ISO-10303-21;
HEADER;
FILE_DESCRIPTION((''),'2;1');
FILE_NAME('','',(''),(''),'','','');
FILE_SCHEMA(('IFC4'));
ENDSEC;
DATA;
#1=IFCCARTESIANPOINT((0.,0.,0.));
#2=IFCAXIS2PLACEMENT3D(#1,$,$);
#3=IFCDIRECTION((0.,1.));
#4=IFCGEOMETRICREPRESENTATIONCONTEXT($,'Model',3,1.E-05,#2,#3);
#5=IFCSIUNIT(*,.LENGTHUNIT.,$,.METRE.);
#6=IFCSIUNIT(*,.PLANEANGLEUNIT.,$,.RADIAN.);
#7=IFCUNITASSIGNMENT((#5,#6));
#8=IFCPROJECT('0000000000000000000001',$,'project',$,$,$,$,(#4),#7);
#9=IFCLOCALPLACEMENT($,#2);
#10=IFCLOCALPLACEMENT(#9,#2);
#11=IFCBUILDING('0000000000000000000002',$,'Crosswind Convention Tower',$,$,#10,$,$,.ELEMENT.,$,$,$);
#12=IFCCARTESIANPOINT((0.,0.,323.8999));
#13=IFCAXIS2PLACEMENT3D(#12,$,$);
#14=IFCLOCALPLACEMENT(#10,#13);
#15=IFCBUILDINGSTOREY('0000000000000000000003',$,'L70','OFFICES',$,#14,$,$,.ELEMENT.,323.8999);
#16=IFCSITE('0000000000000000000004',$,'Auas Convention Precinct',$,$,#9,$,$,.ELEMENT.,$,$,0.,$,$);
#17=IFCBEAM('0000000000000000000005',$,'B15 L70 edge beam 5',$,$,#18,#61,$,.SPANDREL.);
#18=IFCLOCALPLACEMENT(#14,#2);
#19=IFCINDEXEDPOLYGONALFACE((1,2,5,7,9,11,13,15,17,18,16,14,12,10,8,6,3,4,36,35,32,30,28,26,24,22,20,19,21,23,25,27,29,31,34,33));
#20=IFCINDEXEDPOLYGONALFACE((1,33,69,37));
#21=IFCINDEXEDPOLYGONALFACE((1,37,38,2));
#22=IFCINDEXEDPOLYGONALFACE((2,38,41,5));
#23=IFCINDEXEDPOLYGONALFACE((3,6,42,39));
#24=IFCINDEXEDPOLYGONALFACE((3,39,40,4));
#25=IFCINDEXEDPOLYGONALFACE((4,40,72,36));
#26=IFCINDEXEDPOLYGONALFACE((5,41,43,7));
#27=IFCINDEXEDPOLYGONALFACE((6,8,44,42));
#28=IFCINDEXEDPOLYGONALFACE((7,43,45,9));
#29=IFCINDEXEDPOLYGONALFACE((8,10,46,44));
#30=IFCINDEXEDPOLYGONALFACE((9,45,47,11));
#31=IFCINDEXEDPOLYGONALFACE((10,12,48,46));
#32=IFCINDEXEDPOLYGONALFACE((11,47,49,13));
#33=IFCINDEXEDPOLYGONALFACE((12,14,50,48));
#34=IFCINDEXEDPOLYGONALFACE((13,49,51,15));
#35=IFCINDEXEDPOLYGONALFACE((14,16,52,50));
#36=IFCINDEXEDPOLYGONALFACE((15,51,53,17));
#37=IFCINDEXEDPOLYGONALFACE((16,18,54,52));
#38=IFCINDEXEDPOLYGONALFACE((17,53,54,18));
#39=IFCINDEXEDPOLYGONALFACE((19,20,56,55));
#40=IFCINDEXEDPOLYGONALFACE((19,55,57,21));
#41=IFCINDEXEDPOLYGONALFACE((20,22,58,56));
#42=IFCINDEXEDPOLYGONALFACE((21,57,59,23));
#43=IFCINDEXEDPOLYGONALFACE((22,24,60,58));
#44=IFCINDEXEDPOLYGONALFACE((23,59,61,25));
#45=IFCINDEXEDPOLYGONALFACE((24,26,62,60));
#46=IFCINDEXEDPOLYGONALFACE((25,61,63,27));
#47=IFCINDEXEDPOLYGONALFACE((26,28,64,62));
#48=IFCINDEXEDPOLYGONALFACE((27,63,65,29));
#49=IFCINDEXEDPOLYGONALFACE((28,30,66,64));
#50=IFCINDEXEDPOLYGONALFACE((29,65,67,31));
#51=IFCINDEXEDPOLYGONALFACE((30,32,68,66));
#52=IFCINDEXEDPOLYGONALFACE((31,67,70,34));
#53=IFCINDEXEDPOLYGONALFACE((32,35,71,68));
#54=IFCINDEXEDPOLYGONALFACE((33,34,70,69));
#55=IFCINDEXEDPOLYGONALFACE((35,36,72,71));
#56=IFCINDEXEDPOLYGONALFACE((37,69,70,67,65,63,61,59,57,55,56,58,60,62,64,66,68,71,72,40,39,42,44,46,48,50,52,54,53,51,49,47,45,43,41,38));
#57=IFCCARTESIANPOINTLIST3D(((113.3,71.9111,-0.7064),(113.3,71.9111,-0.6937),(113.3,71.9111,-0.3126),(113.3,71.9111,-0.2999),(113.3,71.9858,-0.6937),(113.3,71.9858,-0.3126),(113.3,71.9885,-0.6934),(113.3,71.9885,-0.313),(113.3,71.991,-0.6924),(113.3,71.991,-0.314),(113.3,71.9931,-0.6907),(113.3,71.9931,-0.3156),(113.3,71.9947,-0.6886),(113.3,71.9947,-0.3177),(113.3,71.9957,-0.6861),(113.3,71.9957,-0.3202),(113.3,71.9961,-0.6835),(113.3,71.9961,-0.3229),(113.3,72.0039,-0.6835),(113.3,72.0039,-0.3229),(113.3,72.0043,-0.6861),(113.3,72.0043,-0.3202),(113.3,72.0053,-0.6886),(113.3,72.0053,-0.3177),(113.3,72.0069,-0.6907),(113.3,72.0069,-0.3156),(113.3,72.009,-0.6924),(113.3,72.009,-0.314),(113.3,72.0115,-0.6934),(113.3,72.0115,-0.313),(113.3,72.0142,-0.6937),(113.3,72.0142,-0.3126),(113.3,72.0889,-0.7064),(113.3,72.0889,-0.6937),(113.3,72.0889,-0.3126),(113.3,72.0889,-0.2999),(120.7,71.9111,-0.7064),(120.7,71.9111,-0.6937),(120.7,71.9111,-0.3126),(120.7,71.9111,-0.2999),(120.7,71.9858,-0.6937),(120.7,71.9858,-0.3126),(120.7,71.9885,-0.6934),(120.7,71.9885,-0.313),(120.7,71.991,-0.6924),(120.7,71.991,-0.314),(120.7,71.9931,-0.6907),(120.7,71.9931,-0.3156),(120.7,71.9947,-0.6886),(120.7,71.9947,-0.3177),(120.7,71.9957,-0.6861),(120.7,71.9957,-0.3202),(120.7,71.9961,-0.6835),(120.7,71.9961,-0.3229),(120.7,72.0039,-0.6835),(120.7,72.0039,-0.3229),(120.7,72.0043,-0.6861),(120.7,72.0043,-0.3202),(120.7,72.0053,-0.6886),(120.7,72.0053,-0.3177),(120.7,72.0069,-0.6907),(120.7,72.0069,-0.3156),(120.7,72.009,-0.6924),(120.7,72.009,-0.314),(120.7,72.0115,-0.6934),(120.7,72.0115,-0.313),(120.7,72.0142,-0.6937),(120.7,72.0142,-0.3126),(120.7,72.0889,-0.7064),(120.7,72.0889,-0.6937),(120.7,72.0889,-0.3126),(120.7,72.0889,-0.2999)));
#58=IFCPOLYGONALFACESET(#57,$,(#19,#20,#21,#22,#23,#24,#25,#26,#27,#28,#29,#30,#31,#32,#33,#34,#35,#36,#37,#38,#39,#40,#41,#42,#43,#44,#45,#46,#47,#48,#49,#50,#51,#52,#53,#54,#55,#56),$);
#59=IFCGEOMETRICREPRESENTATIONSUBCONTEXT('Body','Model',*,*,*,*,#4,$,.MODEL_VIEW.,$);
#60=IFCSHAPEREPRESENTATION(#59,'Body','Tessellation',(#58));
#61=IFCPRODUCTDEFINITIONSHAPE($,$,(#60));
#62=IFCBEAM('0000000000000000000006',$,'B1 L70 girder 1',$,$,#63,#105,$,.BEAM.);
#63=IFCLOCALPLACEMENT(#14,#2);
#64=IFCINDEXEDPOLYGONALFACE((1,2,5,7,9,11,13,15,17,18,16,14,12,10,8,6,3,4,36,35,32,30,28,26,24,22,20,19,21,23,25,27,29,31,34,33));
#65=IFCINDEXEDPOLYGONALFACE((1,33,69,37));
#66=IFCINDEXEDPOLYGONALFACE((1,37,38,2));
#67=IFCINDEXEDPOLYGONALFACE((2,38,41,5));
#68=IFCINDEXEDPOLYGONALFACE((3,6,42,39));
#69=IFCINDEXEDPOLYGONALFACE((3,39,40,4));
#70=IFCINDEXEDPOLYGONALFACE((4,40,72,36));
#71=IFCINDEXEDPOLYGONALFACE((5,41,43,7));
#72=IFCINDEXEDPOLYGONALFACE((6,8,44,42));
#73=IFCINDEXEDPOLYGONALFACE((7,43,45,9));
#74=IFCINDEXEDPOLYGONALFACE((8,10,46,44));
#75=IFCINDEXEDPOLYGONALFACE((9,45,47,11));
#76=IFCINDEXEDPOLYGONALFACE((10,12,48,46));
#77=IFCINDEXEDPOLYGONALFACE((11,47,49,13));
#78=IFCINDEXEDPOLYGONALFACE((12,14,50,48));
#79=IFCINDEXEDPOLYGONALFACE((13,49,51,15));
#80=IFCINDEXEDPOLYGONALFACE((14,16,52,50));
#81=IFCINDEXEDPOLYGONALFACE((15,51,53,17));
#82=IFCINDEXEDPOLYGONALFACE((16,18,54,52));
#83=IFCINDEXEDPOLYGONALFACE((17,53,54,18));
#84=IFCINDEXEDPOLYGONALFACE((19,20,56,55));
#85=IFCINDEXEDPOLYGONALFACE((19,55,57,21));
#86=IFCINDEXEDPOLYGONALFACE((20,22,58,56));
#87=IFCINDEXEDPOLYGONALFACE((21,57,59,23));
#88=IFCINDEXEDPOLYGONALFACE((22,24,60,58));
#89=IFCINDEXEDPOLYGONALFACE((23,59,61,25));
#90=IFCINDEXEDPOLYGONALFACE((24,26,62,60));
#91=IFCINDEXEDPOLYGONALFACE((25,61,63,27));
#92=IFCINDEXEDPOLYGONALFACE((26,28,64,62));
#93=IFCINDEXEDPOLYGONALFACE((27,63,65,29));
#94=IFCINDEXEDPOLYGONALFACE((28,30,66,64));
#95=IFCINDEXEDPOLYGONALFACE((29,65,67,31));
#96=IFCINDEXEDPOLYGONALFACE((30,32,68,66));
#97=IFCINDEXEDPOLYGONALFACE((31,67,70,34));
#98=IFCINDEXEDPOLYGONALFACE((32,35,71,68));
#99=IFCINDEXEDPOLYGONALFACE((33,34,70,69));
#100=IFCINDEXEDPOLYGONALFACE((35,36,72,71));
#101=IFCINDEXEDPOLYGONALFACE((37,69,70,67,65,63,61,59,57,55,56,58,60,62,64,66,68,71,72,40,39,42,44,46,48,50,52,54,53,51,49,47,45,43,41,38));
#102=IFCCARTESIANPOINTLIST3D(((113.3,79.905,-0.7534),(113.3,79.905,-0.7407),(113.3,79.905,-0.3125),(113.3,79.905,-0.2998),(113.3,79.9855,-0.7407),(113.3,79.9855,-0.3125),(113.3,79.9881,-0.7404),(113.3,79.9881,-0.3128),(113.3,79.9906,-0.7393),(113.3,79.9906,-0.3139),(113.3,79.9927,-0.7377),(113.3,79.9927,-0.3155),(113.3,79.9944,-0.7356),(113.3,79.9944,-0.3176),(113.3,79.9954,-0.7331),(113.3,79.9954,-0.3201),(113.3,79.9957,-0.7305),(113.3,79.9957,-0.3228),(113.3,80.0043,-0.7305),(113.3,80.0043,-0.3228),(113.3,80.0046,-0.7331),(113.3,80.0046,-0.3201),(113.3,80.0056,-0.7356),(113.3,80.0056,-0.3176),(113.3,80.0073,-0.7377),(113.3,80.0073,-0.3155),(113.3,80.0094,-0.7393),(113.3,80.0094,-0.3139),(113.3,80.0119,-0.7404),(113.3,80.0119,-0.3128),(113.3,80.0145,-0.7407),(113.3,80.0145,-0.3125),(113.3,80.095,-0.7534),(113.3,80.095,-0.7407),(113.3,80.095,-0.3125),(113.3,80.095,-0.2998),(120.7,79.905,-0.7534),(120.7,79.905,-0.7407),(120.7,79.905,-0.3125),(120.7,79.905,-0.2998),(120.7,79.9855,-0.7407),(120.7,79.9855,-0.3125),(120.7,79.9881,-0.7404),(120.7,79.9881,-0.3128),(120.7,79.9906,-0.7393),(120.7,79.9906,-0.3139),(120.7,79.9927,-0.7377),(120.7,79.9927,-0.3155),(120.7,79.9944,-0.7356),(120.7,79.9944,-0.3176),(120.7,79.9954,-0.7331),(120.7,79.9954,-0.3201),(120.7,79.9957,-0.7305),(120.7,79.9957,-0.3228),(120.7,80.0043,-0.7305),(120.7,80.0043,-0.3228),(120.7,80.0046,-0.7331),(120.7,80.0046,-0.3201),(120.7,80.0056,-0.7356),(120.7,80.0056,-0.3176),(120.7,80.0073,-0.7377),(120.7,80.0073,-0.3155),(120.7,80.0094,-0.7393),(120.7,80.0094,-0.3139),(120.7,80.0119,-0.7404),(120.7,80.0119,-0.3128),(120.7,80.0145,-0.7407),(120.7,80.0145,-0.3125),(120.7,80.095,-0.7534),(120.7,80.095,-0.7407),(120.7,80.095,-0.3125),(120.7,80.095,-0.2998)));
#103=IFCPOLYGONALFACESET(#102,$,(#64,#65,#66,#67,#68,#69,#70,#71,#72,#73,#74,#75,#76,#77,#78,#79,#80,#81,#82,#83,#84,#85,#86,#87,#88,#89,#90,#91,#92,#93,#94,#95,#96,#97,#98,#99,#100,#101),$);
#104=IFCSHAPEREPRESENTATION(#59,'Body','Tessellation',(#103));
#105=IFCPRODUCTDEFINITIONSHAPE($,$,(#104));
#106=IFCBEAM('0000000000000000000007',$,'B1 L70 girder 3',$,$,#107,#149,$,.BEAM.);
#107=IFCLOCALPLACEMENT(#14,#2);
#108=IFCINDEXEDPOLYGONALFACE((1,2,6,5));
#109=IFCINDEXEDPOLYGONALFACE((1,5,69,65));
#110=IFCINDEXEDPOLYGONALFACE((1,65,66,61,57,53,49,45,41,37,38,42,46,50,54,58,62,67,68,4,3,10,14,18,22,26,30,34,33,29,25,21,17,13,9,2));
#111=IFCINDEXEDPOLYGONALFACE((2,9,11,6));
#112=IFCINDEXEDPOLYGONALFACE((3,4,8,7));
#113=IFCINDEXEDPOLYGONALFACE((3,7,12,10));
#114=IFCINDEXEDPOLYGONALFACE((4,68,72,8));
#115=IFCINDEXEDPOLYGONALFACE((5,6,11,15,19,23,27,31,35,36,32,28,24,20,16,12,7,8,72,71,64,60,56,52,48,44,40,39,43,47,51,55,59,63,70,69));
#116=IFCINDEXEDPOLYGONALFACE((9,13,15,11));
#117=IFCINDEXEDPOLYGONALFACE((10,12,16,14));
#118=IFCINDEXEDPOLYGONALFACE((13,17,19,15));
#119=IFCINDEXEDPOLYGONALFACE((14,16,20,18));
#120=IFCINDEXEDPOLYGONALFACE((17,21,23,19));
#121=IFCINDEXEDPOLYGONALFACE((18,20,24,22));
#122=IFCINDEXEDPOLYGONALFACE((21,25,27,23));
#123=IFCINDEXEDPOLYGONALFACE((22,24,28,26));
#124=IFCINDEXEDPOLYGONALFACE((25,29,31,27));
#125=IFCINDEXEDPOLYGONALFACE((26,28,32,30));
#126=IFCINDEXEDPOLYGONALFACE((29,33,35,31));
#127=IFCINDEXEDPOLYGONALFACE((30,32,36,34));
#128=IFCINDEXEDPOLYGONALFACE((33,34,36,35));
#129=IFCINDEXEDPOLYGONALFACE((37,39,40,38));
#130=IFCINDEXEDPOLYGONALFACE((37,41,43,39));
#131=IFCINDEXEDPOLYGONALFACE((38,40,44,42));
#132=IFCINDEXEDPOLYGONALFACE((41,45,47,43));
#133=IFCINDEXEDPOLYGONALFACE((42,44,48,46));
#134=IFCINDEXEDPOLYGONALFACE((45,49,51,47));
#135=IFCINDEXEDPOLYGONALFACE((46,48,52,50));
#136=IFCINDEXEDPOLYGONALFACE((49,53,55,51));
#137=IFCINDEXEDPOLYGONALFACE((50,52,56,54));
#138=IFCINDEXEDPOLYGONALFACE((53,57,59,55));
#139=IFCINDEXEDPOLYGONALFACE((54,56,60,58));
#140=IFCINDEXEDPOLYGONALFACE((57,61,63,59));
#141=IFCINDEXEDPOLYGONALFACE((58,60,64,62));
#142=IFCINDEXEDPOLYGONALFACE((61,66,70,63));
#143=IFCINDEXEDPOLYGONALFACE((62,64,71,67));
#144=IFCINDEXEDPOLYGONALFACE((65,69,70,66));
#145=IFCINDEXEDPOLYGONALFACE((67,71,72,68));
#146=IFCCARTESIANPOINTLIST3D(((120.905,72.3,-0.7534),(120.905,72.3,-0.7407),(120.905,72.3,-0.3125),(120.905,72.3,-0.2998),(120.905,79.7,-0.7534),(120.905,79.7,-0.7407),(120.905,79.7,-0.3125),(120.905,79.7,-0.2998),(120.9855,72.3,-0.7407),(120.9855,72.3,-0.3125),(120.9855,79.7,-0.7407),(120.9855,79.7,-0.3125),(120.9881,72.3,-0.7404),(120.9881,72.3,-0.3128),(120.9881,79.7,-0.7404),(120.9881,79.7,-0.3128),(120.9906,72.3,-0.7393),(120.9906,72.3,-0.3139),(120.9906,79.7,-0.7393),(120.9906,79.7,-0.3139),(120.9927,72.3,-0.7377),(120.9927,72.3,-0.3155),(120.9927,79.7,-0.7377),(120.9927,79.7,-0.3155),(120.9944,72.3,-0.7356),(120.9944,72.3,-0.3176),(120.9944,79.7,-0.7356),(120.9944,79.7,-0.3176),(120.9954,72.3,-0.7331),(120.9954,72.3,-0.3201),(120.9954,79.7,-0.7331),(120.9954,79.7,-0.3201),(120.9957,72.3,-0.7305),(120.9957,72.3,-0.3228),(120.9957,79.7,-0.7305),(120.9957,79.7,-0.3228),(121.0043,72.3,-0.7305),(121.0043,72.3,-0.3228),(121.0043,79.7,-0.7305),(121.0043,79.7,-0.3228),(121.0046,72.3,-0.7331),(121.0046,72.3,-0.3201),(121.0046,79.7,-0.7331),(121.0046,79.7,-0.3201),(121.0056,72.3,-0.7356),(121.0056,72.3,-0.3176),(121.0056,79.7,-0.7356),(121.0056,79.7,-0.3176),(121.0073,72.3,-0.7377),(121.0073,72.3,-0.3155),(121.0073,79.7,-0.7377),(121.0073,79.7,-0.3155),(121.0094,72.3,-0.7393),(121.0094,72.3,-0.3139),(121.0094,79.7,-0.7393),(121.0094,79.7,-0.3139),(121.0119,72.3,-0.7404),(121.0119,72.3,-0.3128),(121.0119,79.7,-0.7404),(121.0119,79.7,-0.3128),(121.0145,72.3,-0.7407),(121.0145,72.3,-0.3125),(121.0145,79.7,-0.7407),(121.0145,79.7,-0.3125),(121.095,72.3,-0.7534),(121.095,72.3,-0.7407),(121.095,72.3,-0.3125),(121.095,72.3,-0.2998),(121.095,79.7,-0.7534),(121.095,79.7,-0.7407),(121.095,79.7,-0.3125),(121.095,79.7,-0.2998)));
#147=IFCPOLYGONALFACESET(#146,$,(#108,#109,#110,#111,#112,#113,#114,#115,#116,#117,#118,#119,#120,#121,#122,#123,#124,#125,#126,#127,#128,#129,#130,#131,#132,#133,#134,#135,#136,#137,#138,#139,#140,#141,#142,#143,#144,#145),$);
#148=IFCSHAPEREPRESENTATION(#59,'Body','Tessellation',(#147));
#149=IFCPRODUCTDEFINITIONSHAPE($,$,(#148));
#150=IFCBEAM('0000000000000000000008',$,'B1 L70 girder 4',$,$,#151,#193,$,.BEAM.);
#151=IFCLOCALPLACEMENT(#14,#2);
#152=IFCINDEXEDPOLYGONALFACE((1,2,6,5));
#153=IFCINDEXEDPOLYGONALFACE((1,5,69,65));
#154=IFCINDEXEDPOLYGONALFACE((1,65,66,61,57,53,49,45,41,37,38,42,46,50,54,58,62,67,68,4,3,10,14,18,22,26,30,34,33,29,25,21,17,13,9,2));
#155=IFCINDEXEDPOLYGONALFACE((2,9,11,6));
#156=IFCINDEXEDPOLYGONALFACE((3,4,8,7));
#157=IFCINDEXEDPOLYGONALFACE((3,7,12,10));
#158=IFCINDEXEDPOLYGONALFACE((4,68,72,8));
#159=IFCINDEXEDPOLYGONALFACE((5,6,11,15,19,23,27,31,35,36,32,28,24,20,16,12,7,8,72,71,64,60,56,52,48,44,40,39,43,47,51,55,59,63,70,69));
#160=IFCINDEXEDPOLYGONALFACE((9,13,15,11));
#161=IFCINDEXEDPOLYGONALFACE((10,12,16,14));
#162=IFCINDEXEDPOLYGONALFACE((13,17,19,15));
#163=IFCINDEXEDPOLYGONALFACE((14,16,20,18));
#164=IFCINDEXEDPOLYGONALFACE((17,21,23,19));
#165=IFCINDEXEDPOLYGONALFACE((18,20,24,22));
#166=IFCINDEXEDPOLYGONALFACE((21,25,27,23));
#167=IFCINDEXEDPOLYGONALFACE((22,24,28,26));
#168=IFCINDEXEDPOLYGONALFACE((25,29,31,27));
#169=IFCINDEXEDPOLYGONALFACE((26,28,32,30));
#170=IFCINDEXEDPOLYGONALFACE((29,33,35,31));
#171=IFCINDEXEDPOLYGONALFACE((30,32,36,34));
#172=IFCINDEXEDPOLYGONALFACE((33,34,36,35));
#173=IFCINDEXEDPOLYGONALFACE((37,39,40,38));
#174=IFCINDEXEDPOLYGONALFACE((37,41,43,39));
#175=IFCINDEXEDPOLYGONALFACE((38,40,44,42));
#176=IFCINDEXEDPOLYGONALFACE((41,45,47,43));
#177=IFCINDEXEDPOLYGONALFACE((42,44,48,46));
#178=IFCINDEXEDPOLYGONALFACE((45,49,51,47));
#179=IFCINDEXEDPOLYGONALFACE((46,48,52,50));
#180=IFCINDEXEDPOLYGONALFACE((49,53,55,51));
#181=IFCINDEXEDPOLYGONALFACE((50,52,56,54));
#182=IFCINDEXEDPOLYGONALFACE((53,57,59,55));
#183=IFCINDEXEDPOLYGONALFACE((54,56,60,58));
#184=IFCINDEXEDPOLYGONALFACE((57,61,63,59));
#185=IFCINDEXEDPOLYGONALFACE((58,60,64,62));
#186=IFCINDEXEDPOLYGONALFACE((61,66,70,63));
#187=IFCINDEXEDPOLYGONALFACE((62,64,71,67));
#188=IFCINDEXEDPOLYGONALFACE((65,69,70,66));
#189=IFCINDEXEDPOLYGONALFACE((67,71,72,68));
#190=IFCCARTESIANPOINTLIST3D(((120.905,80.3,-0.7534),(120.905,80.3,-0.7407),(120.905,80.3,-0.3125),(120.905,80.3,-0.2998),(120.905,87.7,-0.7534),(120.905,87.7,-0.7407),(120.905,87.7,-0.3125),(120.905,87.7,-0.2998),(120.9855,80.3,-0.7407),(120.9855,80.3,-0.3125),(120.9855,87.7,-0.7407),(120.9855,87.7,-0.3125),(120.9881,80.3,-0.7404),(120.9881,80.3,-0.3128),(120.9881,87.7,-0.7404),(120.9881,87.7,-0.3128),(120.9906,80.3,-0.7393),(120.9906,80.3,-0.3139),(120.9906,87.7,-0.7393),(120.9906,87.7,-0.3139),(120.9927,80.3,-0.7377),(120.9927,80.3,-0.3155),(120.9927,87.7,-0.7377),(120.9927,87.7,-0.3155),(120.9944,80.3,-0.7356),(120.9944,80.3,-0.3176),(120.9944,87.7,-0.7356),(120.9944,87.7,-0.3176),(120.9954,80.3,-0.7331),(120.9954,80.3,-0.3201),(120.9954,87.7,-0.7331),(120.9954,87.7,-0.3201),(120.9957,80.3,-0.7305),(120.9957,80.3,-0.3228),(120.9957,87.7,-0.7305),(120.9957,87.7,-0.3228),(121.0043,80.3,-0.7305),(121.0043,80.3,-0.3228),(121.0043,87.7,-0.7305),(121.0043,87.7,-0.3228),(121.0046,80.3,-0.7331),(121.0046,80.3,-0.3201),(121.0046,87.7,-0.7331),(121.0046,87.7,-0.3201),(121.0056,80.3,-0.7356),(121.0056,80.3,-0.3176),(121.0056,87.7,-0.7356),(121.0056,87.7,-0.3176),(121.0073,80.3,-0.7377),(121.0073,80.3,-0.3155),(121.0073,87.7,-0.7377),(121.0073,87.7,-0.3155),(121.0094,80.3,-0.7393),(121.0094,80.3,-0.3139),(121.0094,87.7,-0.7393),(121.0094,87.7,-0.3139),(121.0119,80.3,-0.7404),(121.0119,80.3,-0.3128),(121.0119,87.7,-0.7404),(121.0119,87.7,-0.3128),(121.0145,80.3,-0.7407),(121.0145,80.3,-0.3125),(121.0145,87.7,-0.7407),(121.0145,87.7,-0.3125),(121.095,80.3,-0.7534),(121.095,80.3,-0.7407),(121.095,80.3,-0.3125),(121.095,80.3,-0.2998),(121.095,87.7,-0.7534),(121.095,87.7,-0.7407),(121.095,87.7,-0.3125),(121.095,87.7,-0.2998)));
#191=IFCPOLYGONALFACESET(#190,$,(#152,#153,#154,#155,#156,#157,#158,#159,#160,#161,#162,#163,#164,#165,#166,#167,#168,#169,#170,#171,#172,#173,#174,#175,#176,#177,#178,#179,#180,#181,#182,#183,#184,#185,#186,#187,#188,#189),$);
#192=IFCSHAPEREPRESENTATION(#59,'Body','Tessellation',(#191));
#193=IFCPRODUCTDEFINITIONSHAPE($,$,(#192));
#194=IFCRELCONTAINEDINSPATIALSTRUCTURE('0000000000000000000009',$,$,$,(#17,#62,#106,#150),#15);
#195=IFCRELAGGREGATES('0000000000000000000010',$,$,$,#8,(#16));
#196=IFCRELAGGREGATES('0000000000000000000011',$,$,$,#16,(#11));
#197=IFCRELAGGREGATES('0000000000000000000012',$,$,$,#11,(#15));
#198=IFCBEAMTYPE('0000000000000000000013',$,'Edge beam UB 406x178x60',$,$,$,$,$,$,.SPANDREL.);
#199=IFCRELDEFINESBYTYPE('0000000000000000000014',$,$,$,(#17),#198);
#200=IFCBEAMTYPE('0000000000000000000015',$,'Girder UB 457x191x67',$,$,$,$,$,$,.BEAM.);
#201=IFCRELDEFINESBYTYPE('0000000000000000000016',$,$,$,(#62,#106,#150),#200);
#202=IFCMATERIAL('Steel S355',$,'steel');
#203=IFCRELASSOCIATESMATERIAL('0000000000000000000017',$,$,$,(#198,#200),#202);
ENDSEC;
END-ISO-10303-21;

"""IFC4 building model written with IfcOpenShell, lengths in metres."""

from ifc_helpers import new_model, si_unit, direction, frame, origin, origin_2d, place, context, subcontext, project, spatial, i_section, extrude, material, material_profile, profile_set, type_object, element, save


model = new_model("IFC4")

# Units and contexts
model_context = context("Model", 3, precision=1e-05, world=origin(), true_north=direction((0.0, 1.0)))
body_context = subcontext(model_context, "Body", "Model", "MODEL_VIEW")
ifc_project = project(units=[si_unit("LENGTHUNIT", "METRE"), si_unit("PLANEANGLEUNIT", "RADIAN")], contexts=[model_context])

# Site, building, storey
site_placement = place(None, origin())
site = spatial("IfcSite", under=ifc_project, at=site_placement, Name="Auas Convention Precinct", CompositionType="ELEMENT", RefElevation=0.0)
building_placement = place(site_placement, origin())
building = spatial("IfcBuilding", under=site, at=building_placement, Name="Crosswind Convention Tower", CompositionType="ELEMENT")
storey_placement = place(building_placement, frame((0.0, 0.0, 323.8999)))
storey = spatial("IfcBuildingStorey", under=building, at=storey_placement, Name="L70", Description="OFFICES", CompositionType="ELEMENT", Elevation=323.8999)

# Beams
ifc_material_1 = material(Name="Steel S355", Category="steel")
ifc_material_profile_1 = material_profile(ifc_material_1, i_section(OverallWidth=0.1777, OverallDepth=0.4065, WebThickness=0.0078, FlangeThickness=0.0127, FilletRadius=0.0103, at=origin_2d()), Name="UB 406x178x60")
ifc_profile_set_1 = profile_set([ifc_material_profile_1], Name="Steel S355")
beam_type_1 = type_object("IfcBeamType", Name="Edge beam UB 406x178x60", PredefinedType="SPANDREL", material=ifc_profile_set_1)
beam_1_placement = place(storey_placement, frame((113.3, 72.0, -0.5032), z_axis=(1.0, 0.0, 0.0), x_axis=(0.0, 1.0, 0.0)))
element("IfcBeam", 1, at=beam_1_placement, inside=storey, type_object=beam_type_1, Name="B15 L70 edge beam 5", PredefinedType="SPANDREL", context=body_context, shape_type="SweptSolid", body=[
    extrude(i_section(OverallWidth=0.1777, OverallDepth=0.4065, WebThickness=0.0078, FlangeThickness=0.0127, FilletRadius=0.0103, at=origin_2d()), origin(), (0.0, 0.0, 1.0), 7.3999),
])
ifc_material_profile_2 = material_profile(ifc_material_1, i_section(OverallWidth=0.1899, OverallDepth=0.4536, WebThickness=0.0085, FlangeThickness=0.0127, FilletRadius=0.0103, at=origin_2d()), Name="UB 457x191x67")
ifc_profile_set_2 = profile_set([ifc_material_profile_2], Name="Steel S355")
beam_type_2 = type_object("IfcBeamType", Name="Girder UB 457x191x67", PredefinedType="BEAM", material=ifc_profile_set_2)
for number, where, z_axis, x_axis, name in (
    (2, (113.3, 80.0, -0.5266), (1.0, 0.0, 0.0), (0.0, 1.0, 0.0), "B1 L70 girder 1"),
    (3, (121.0, 72.3, -0.5266), (0.0, 1.0, 0.0), (-1.0, 0.0, 0.0), "B1 L70 girder 3"),
    (4, (121.0, 80.3, -0.5266), (0.0, 1.0, 0.0), (-1.0, 0.0, 0.0), "B1 L70 girder 4"),
):
    element("IfcBeam", number, at=place(storey_placement, frame(where, z_axis=z_axis, x_axis=x_axis)), inside=storey, type_object=beam_type_2, Name=name, PredefinedType="BEAM", context=body_context, shape_type="SweptSolid", body=[
        extrude(i_section(OverallWidth=0.1899, OverallDepth=0.4536, WebThickness=0.0085, FlangeThickness=0.0127, FilletRadius=0.0103, at=origin_2d()), origin(), (0.0, 0.0, 1.0), 7.3999),
    ])

save(model, "model.ifc")
